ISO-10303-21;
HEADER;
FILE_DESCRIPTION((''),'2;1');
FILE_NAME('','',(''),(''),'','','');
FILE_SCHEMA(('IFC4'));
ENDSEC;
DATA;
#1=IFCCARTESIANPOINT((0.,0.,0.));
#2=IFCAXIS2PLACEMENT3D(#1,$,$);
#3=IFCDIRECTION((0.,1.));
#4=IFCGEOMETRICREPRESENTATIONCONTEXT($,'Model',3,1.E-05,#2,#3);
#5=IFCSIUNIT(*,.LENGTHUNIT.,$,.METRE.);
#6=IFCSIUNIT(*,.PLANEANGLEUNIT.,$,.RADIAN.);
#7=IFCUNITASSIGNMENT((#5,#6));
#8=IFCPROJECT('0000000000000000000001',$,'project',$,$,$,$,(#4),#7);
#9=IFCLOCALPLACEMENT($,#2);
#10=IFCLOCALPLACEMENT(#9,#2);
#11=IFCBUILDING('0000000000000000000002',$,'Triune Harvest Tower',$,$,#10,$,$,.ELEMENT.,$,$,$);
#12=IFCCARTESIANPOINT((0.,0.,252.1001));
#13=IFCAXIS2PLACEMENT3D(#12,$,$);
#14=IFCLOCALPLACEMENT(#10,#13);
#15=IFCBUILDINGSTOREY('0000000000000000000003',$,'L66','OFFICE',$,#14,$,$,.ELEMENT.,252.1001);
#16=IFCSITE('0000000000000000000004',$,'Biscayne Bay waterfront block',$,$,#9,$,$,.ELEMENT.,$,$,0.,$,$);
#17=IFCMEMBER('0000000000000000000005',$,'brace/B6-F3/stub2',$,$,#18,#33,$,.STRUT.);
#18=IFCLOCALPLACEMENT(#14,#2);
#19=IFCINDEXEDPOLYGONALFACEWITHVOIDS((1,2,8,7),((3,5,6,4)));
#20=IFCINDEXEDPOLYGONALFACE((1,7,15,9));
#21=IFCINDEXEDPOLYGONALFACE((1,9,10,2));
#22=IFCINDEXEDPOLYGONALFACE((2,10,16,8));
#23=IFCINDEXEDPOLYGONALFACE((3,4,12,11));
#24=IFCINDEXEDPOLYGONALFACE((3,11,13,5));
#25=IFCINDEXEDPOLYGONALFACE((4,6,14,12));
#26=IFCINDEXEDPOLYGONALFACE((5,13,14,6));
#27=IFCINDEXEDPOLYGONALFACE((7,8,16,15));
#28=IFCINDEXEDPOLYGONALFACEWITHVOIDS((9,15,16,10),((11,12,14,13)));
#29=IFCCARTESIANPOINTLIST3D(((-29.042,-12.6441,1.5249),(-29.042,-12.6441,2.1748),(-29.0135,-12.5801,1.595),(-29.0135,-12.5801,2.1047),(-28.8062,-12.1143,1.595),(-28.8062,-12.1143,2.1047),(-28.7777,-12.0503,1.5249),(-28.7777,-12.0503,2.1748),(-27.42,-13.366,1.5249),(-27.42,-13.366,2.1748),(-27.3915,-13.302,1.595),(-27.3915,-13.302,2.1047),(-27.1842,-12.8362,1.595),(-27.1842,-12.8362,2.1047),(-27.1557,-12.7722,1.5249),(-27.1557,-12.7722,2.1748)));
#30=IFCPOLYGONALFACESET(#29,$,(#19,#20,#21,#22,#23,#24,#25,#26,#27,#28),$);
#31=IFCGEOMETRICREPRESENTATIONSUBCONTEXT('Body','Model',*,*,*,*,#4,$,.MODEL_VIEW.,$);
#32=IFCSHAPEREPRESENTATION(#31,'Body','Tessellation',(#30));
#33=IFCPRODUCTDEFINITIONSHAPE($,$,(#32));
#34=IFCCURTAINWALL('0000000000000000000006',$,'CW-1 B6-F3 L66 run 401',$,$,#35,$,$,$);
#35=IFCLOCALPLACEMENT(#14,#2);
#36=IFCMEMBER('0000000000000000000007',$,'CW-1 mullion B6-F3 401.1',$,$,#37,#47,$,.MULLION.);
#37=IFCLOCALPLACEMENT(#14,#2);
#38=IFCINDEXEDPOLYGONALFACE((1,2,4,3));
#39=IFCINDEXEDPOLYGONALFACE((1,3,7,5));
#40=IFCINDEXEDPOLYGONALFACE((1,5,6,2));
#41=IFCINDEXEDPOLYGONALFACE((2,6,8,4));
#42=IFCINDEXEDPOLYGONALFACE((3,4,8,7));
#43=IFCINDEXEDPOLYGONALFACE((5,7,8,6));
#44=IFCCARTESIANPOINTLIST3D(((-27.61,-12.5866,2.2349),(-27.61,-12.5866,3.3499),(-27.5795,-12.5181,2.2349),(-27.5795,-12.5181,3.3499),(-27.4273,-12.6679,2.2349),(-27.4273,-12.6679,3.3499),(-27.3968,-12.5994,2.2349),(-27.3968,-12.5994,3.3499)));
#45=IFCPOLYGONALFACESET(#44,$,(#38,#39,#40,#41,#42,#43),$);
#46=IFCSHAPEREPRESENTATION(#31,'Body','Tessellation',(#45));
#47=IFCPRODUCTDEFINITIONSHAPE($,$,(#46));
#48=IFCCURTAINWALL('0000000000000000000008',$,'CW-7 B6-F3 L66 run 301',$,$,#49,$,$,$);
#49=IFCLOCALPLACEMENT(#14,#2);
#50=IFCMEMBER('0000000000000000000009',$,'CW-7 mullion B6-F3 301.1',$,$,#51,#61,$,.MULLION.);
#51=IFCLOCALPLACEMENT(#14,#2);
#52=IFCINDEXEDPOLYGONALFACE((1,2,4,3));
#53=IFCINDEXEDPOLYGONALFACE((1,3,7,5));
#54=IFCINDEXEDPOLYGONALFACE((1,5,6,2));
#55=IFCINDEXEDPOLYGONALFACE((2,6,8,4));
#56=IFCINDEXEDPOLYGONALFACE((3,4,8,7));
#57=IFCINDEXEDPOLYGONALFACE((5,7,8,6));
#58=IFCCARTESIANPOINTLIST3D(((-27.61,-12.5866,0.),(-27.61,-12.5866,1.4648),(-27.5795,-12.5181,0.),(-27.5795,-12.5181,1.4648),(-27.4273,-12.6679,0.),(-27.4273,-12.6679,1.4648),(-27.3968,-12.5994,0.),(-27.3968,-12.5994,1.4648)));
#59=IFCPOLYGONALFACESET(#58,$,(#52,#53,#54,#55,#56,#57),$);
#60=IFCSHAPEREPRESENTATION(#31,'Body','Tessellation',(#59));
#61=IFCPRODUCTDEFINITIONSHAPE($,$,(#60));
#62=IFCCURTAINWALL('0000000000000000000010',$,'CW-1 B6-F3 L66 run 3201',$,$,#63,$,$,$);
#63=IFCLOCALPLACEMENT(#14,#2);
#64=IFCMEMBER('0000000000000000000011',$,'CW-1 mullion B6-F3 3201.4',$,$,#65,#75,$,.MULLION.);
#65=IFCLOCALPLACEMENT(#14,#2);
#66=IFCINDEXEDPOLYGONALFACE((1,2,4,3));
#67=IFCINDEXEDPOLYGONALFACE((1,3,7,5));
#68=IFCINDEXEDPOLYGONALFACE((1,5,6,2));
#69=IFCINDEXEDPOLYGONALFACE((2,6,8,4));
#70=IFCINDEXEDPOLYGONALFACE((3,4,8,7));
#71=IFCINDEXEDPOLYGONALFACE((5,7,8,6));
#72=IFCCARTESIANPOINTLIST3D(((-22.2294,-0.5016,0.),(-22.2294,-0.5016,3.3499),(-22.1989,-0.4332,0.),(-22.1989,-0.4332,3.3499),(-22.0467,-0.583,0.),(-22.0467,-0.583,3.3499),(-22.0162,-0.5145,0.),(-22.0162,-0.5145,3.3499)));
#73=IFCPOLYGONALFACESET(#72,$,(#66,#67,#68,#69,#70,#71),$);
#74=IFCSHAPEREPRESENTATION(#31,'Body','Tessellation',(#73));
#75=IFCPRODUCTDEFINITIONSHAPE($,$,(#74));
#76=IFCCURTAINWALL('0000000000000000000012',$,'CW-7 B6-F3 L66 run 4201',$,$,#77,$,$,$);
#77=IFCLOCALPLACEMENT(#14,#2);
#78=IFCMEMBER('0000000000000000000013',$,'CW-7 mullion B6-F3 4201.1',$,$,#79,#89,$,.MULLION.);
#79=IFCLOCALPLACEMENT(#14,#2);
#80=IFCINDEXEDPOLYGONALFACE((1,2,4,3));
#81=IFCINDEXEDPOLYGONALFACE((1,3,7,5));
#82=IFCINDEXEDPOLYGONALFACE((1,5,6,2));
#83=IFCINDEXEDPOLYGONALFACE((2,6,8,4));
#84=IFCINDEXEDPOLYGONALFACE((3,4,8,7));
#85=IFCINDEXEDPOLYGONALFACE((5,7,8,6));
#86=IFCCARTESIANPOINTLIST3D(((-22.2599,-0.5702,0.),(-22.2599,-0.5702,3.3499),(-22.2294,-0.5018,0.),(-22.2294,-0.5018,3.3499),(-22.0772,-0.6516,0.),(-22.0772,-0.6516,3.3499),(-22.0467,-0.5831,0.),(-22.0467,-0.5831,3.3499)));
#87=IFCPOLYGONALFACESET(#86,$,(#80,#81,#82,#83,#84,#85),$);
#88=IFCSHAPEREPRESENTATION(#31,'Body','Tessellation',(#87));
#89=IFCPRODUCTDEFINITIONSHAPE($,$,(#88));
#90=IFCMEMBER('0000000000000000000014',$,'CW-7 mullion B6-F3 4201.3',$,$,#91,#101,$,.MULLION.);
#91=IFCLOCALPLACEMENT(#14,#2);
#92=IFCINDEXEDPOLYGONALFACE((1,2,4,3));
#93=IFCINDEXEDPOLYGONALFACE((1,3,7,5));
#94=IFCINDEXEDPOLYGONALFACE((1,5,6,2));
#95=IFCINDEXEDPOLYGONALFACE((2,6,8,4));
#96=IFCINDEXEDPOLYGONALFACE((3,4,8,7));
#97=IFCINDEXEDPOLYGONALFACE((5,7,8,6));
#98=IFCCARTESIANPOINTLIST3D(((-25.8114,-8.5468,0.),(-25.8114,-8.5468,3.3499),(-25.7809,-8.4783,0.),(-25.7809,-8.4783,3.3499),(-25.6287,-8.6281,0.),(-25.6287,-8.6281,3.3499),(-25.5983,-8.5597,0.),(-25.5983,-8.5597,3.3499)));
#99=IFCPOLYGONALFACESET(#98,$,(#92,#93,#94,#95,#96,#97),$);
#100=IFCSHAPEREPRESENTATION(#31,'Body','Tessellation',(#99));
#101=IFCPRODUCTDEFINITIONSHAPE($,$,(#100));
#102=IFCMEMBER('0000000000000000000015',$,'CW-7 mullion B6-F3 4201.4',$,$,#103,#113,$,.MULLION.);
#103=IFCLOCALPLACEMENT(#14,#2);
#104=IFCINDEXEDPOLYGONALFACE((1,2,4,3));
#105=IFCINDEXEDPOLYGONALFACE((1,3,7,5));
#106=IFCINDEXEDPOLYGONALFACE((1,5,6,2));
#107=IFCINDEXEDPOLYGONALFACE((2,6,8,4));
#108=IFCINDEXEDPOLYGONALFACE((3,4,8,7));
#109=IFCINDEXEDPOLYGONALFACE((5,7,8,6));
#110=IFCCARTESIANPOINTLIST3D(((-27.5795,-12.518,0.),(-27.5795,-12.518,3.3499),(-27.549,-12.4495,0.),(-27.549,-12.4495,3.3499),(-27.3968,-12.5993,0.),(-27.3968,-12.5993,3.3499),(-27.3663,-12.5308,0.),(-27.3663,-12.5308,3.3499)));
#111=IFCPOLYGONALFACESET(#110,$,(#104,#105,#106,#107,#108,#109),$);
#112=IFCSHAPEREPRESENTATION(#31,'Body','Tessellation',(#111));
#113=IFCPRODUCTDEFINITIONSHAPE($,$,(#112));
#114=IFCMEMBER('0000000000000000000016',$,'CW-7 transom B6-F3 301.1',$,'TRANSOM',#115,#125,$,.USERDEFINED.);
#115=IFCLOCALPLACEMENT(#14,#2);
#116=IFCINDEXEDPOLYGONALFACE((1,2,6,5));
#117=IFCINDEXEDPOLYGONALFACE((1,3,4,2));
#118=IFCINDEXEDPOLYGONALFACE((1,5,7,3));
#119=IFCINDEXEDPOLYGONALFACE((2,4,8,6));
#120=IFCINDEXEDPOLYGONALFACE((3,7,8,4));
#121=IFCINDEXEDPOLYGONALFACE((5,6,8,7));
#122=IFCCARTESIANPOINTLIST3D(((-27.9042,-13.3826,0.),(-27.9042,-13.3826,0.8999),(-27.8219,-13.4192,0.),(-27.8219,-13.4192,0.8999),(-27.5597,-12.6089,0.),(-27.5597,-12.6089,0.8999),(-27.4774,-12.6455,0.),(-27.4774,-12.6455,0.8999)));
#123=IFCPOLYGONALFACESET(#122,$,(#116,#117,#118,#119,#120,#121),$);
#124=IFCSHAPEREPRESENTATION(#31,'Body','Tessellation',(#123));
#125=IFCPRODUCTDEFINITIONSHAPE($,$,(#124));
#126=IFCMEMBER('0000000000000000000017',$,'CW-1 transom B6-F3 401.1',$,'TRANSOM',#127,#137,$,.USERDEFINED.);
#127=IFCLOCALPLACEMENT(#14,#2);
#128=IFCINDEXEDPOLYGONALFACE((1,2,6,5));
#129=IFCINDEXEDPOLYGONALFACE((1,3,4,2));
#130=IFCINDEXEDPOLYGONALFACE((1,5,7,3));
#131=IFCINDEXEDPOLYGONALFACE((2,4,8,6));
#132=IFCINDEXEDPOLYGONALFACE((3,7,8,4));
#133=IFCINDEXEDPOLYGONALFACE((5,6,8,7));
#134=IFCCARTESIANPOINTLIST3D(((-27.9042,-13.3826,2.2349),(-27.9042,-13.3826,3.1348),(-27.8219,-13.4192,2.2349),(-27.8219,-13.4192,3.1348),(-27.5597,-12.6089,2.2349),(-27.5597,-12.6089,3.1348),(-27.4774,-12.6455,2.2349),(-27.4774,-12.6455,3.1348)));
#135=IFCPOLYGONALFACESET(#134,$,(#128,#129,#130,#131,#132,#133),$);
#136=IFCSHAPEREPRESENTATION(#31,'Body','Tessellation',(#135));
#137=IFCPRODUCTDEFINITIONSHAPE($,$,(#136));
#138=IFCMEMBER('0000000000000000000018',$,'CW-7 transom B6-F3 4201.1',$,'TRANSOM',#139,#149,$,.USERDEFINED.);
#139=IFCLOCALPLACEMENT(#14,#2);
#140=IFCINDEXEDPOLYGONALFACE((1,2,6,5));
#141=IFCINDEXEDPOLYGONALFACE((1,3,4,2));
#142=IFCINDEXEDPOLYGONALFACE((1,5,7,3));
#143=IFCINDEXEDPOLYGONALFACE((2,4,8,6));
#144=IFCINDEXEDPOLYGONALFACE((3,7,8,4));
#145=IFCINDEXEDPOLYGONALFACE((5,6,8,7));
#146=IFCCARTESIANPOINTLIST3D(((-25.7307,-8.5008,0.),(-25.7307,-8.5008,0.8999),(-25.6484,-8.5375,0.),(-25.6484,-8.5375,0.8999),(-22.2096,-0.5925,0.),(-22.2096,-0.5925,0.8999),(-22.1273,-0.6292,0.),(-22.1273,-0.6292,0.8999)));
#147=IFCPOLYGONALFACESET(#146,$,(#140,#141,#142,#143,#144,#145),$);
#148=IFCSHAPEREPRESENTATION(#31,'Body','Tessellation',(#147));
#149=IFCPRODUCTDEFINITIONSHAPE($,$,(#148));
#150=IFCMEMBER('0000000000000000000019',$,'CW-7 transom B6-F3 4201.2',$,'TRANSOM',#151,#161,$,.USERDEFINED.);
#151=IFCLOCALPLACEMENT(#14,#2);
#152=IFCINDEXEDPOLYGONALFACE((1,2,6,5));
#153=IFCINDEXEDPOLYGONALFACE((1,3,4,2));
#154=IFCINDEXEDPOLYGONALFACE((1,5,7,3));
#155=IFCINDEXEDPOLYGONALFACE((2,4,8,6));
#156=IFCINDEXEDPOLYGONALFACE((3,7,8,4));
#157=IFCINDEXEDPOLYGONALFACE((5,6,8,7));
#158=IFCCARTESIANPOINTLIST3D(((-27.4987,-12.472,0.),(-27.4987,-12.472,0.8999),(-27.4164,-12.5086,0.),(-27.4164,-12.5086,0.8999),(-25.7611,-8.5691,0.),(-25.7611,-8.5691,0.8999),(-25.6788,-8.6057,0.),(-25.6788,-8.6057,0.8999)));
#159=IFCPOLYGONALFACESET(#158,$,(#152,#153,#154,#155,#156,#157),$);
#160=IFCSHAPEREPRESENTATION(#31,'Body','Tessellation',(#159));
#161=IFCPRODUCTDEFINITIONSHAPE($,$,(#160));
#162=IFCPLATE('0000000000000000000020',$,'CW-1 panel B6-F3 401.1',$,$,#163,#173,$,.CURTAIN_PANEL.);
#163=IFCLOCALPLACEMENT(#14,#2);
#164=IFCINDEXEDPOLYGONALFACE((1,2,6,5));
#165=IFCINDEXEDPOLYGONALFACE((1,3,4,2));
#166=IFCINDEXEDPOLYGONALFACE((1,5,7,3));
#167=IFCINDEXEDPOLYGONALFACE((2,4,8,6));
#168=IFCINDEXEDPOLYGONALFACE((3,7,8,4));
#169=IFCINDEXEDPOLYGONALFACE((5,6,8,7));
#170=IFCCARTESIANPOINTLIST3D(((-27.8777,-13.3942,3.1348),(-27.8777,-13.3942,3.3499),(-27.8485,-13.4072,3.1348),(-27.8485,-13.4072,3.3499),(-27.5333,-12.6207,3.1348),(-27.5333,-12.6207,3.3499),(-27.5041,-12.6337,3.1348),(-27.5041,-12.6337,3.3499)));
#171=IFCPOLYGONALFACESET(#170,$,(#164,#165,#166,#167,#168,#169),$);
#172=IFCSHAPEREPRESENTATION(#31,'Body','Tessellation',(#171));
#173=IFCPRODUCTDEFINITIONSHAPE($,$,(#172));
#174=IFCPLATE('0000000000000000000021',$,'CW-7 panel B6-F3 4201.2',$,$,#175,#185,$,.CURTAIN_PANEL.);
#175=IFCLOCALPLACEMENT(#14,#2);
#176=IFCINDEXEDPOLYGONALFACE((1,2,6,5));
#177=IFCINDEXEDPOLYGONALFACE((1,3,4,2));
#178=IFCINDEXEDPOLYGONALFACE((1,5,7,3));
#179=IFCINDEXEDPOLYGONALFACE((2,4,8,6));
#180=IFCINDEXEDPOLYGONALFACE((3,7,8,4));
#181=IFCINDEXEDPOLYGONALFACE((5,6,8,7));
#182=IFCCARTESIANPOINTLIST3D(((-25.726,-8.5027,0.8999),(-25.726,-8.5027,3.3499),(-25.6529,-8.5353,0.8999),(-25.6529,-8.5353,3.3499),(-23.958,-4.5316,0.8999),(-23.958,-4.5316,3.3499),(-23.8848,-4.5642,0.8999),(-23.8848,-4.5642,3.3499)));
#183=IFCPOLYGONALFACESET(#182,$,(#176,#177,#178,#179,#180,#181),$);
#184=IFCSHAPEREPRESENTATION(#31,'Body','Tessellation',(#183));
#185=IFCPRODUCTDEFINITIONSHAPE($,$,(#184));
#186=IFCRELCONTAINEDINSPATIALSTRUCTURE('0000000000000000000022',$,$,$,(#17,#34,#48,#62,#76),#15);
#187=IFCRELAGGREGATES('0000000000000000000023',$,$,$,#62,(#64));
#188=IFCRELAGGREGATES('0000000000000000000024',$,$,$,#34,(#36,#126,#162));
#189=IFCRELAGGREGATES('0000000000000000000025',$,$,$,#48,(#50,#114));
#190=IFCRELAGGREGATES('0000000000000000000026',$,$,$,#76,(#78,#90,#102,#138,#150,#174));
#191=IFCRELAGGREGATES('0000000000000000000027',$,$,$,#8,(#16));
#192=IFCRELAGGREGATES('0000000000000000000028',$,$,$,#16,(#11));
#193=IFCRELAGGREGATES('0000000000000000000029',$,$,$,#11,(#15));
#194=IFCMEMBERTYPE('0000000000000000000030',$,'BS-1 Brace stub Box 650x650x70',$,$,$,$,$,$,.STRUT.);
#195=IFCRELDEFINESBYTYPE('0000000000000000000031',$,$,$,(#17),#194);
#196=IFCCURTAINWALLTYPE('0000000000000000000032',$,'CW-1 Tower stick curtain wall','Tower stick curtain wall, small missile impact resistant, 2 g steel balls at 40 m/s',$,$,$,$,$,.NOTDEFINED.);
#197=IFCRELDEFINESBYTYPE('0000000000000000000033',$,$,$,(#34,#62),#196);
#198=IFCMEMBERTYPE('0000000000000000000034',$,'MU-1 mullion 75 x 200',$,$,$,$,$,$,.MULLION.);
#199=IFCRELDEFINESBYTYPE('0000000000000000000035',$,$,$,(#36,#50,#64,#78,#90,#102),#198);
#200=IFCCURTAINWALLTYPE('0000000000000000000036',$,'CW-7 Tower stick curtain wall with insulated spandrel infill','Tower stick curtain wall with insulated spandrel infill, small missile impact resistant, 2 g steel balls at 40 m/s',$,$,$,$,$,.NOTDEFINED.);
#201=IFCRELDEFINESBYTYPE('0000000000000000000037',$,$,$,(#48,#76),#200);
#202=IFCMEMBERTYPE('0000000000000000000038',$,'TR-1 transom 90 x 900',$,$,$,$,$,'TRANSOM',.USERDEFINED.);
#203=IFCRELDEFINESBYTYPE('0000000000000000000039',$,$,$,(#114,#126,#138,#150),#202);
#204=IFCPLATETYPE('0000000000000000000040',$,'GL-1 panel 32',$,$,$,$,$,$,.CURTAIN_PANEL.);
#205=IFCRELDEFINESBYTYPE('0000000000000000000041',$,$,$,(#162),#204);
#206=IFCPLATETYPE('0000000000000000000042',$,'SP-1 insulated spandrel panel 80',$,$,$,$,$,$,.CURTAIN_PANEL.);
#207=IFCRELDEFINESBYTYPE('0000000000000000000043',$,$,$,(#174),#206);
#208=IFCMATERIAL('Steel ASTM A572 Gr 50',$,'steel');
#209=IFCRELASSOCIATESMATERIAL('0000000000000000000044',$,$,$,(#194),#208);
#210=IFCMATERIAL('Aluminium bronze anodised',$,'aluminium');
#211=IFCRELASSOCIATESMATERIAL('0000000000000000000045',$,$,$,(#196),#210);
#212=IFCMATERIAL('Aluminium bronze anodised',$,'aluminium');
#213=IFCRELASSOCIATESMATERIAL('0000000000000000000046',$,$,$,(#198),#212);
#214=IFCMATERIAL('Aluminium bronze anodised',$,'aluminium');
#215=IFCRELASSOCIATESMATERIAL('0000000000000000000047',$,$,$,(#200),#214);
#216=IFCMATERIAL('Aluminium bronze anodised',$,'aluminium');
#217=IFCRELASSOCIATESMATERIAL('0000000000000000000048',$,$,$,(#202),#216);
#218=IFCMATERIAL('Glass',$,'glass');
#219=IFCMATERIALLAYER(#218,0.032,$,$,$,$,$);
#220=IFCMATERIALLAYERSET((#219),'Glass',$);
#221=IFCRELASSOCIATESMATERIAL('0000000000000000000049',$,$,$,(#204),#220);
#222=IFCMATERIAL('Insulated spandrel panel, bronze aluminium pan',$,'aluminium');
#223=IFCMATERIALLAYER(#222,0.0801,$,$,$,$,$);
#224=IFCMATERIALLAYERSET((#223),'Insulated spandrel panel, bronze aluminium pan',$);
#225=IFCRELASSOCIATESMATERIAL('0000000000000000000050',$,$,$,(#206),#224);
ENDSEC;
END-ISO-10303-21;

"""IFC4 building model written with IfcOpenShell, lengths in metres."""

from ifc_helpers import new_model, si_unit, direction, frame, origin, origin_2d, place, context, subcontext, project, spatial, rectangle, hollow_rectangle, extrude, source, transform, mapped, material, layer, layer_set, material_profile, profile_set, type_object, element, aggregate, save


model = new_model("IFC4")

# Units and contexts
model_context = context("Model", 3, precision=1e-05, world=origin(), true_north=direction((0.0, 1.0)))
body_context = subcontext(model_context, "Body", "Model", "MODEL_VIEW")
ifc_project = project(units=[si_unit("LENGTHUNIT", "METRE"), si_unit("PLANEANGLEUNIT", "RADIAN")], contexts=[model_context])

# Site, building, storey
site_placement = place(None, origin())
site = spatial("IfcSite", under=ifc_project, at=site_placement, Name="Biscayne Bay waterfront block", CompositionType="ELEMENT", RefElevation=0.0)
building_placement = place(site_placement, origin())
building = spatial("IfcBuilding", under=site, at=building_placement, Name="Triune Harvest Tower", CompositionType="ELEMENT")
storey_placement = place(building_placement, frame((0.0, 0.0, 252.1001)))
storey = spatial("IfcBuildingStorey", under=building, at=storey_placement, Name="L66", Description="OFFICE", CompositionType="ELEMENT", Elevation=252.1001)

# Member
ifc_material_1 = material(Name="Steel ASTM A572 Gr 50", Category="steel")
ifc_material_profile_1 = material_profile(ifc_material_1, hollow_rectangle(XDim=0.6499, YDim=0.6499, WallThickness=0.0701, at=origin_2d()), Name="Box 650x650x70")
ifc_profile_set_1 = profile_set([ifc_material_profile_1], Name="Steel ASTM A572 Gr 50")
member_type_1 = type_object("IfcMemberType", Name="BS-1 Brace stub Box 650x650x70", PredefinedType="STRUT", material=ifc_profile_set_1)
shared_shape_1 = source(origin(), body_context, "Body", "SweptSolid", [
    extrude(hollow_rectangle(XDim=0.6499, YDim=0.6499, WallThickness=0.0701, at=origin_2d()), origin(), (0.0, 0.0, 1.0), 1.7754),
])
member_1_placement = place(storey_placement, frame((-27.2878, -13.0691, 1.8499), z_axis=(-0.913602, 0.40661, 0.0), x_axis=(-0.40661, -0.913602, 0.0)))
element("IfcMember", 1, at=member_1_placement, inside=storey, type_object=member_type_1, Name="brace/B6-F3/stub2", PredefinedType="STRUT", context=body_context, shape_type="MappedRepresentation", body=[
    mapped(shared_shape_1, transform((0.0, 0.0, 0.0), scale=1.0)),
])

# Curtain walls, members
ifc_material_2 = material(Name="Aluminium bronze anodised", Category="aluminium")
curtain_wall_type_1 = type_object("IfcCurtainWallType", Name="CW-1 Tower stick curtain wall", Description="Tower stick curtain wall, small missile impact resistant, 2 g steel balls at 40 m/s", PredefinedType="NOTDEFINED", material=ifc_material_2)
curtain_wall_1_placement = place(storey_placement, origin())
curtain_wall_1 = element("IfcCurtainWall", 2, at=curtain_wall_1_placement, inside=storey, type_object=curtain_wall_type_1, Name="CW-1 B6-F3 L66 run 401")
ifc_material_3 = material(Name="Aluminium bronze anodised", Category="aluminium")
ifc_material_profile_2 = material_profile(ifc_material_3, rectangle(XDim=0.2, YDim=0.075, at=origin_2d()), Name="MU-1 mullion 75 x 200")
ifc_profile_set_2 = profile_set([ifc_material_profile_2], Name="Aluminium bronze anodised")
member_type_2 = type_object("IfcMemberType", Name="MU-1 mullion 75 x 200", PredefinedType="MULLION", material=ifc_profile_set_2)
shared_shape_2 = source(origin(), body_context, "Body", "SweptSolid", [
    extrude(rectangle(XDim=0.2, YDim=0.075, at=origin_2d()), origin(), (0.0, 0.0, 1.0), 1.115),
])
member_2_placement = place(storey_placement, frame((-27.5034, -12.593, 2.2349), z_axis=(0.0, 0.0, 1.0), x_axis=(0.913555, -0.406716, 0.0)))
member_2 = element("IfcMember", 3, at=member_2_placement, type_object=member_type_2, Name="CW-1 mullion B6-F3 401.1", PredefinedType="MULLION", context=body_context, shape_type="MappedRepresentation", body=[
    mapped(shared_shape_2, transform((0.0, 0.0, 0.0), scale=1.0)),
])
ifc_material_4 = material(Name="Aluminium bronze anodised", Category="aluminium")
curtain_wall_type_2 = type_object("IfcCurtainWallType", Name="CW-7 Tower stick curtain wall with insulated spandrel infill", Description="Tower stick curtain wall with insulated spandrel infill, small missile impact resistant, 2 g steel balls at 40 m/s", PredefinedType="NOTDEFINED", material=ifc_material_4)
curtain_wall_2_placement = place(storey_placement, origin())
curtain_wall_2 = element("IfcCurtainWall", 4, at=curtain_wall_2_placement, inside=storey, type_object=curtain_wall_type_2, Name="CW-7 B6-F3 L66 run 301")
shared_shape_3 = source(origin(), body_context, "Body", "SweptSolid", [
    extrude(rectangle(XDim=0.2, YDim=0.075, at=origin_2d()), origin(), (0.0, 0.0, 1.0), 1.4648),
])
member_3_placement = place(storey_placement, frame((-27.5034, -12.593, 0.0), z_axis=(0.0, 0.0, 1.0), x_axis=(0.913555, -0.406716, 0.0)))
member_3 = element("IfcMember", 5, at=member_3_placement, type_object=member_type_2, Name="CW-7 mullion B6-F3 301.1", PredefinedType="MULLION", context=body_context, shape_type="MappedRepresentation", body=[
    mapped(shared_shape_3, transform((0.0, 0.0, 0.0), scale=1.0)),
])
curtain_wall_3_placement = place(storey_placement, origin())
curtain_wall_3 = element("IfcCurtainWall", 6, at=curtain_wall_3_placement, inside=storey, type_object=curtain_wall_type_1, Name="CW-1 B6-F3 L66 run 3201")
shared_shape_4 = source(origin(), body_context, "Body", "SweptSolid", [
    extrude(rectangle(XDim=0.2, YDim=0.075, at=origin_2d()), origin(), (0.0, 0.0, 1.0), 3.3499),
])
member_4_placement = place(storey_placement, frame((-22.1228, -0.5081, 0.0), z_axis=(0.0, 0.0, 1.0), x_axis=(0.913547, -0.406734, 0.0)))
member_4 = element("IfcMember", 7, at=member_4_placement, type_object=member_type_2, Name="CW-1 mullion B6-F3 3201.4", PredefinedType="MULLION", context=body_context, shape_type="MappedRepresentation", body=[
    mapped(shared_shape_4, transform((0.0, 0.0, 0.0), scale=1.0)),
])
aggregate(curtain_wall_3, [member_4])

# Curtain wall, members
curtain_wall_4_placement = place(storey_placement, origin())
curtain_wall_4 = element("IfcCurtainWall", 8, at=curtain_wall_4_placement, inside=storey, type_object=curtain_wall_type_2, Name="CW-7 B6-F3 L66 run 4201")
member_5_placement = place(storey_placement, frame((-22.1533, -0.5767, 0.0), z_axis=(0.0, 0.0, 1.0), x_axis=(0.913544, -0.40674, 0.0)))
member_5 = element("IfcMember", 9, at=member_5_placement, type_object=member_type_2, Name="CW-7 mullion B6-F3 4201.1", PredefinedType="MULLION", context=body_context, shape_type="MappedRepresentation", body=[
    mapped(shared_shape_4, transform((0.0, 0.0, 0.0), scale=1.0)),
])
member_6_placement = place(storey_placement, frame((-25.7048, -8.5532, 0.0), z_axis=(0.0, 0.0, 1.0), x_axis=(0.913544, -0.40674, 0.0)))
member_6 = element("IfcMember", 10, at=member_6_placement, type_object=member_type_2, Name="CW-7 mullion B6-F3 4201.3", PredefinedType="MULLION", context=body_context, shape_type="MappedRepresentation", body=[
    mapped(shared_shape_4, transform((0.0, 0.0, 0.0), scale=1.0)),
])
member_7_placement = place(storey_placement, frame((-27.4729, -12.5244, 0.0), z_axis=(0.0, 0.0, 1.0), x_axis=(0.913544, -0.40674, 0.0)))
member_7 = element("IfcMember", 11, at=member_7_placement, type_object=member_type_2, Name="CW-7 mullion B6-F3 4201.4", PredefinedType="MULLION", context=body_context, shape_type="MappedRepresentation", body=[
    mapped(shared_shape_4, transform((0.0, 0.0, 0.0), scale=1.0)),
])

# Members
ifc_material_5 = material(Name="Aluminium bronze anodised", Category="aluminium")
ifc_material_profile_3 = material_profile(ifc_material_5, rectangle(XDim=0.0901, YDim=0.8999, at=origin_2d()), Name="TR-1 transom 90 x 900")
ifc_profile_set_3 = profile_set([ifc_material_profile_3], Name="Aluminium bronze anodised")
member_type_3 = type_object("IfcMemberType", Name="TR-1 transom 90 x 900", ElementType="TRANSOM", PredefinedType="USERDEFINED", material=ifc_profile_set_3)
shared_shape_5 = source(origin(), body_context, "Body", "SweptSolid", [
    extrude(rectangle(XDim=0.0901, YDim=0.8999, at=origin_2d()), origin(), (0.0, 0.0, 1.0), 0.8469),
])
member_8_placement = place(storey_placement, frame((-27.5186, -12.6272, 0.45), z_axis=(-0.406754, -0.913538, 0.0), x_axis=(0.913538, -0.406754, 0.0)))
member_8 = element("IfcMember", 12, at=member_8_placement, type_object=member_type_3, Name="CW-7 transom B6-F3 301.1", ObjectType="TRANSOM", PredefinedType="USERDEFINED", context=body_context, shape_type="MappedRepresentation", body=[
    mapped(shared_shape_5, transform((0.0, 0.0, 0.0), scale=1.0)),
])
member_9_placement = place(storey_placement, frame((-27.5186, -12.6272, 2.6848), z_axis=(-0.406754, -0.913538, 0.0), x_axis=(0.913538, -0.406754, 0.0)))
member_9 = element("IfcMember", 13, at=member_9_placement, type_object=member_type_3, Name="CW-1 transom B6-F3 401.1", ObjectType="TRANSOM", PredefinedType="USERDEFINED", context=body_context, shape_type="MappedRepresentation", body=[
    mapped(shared_shape_5, transform((0.0, 0.0, 0.0), scale=1.0)),
])
shared_shape_6 = source(origin(), body_context, "Body", "SweptSolid", [
    extrude(rectangle(XDim=0.0901, YDim=0.8999, at=origin_2d()), origin(), (0.0, 0.0, 1.0), 8.6567),
])
member_10_placement = place(storey_placement, frame((-22.1685, -0.6108, 0.45), z_axis=(-0.40674, -0.913544, 0.0), x_axis=(0.913544, -0.40674, 0.0)))
member_10 = element("IfcMember", 14, at=member_10_placement, type_object=member_type_3, Name="CW-7 transom B6-F3 4201.1", ObjectType="TRANSOM", PredefinedType="USERDEFINED", context=body_context, shape_type="MappedRepresentation", body=[
    mapped(shared_shape_6, transform((0.0, 0.0, 0.0), scale=1.0)),
])
shared_shape_7 = source(origin(), body_context, "Body", "SweptSolid", [
    extrude(rectangle(XDim=0.0901, YDim=0.8999, at=origin_2d()), origin(), (0.0, 0.0, 1.0), 4.2722),
])
member_11_placement = place(storey_placement, frame((-25.72, -8.5874, 0.45), z_axis=(-0.406716, -0.913554, 0.0), x_axis=(0.913554, -0.406716, 0.0)))
member_11 = element("IfcMember", 15, at=member_11_placement, type_object=member_type_3, Name="CW-7 transom B6-F3 4201.2", ObjectType="TRANSOM", PredefinedType="USERDEFINED", context=body_context, shape_type="MappedRepresentation", body=[
    mapped(shared_shape_7, transform((0.0, 0.0, 0.0), scale=1.0)),
])

# Plates
ifc_material_6 = material(Name="Glass", Category="glass")
ifc_layer_1 = layer(ifc_material_6, 0.032)
ifc_layer_set_1 = layer_set([ifc_layer_1], Name="Glass")
plate_type_1 = type_object("IfcPlateType", Name="GL-1 panel 32", PredefinedType="CURTAIN_PANEL", material=ifc_layer_set_1)
plate_1_placement = place(storey_placement, frame((-27.6909, -13.0139, 3.1348), z_axis=(0.0, 0.0, 1.0), x_axis=(-0.406716, -0.913555, 0.0)))
plate_1 = element("IfcPlate", 16, at=plate_1_placement, type_object=plate_type_1, Name="CW-1 panel B6-F3 401.1", PredefinedType="CURTAIN_PANEL", context=body_context, shape_type="SweptSolid", body=[
    extrude(rectangle(XDim=0.8467, YDim=0.032, at=origin_2d()), origin(), (0.0, 0.0, 1.0), 0.2151),
])
aggregate(curtain_wall_1, [member_2, member_9, plate_1])
ifc_material_7 = material(Name="Insulated spandrel panel, bronze aluminium pan", Category="aluminium")
ifc_layer_2 = layer(ifc_material_7, 0.0801)
ifc_layer_set_2 = layer_set([ifc_layer_2], Name="Insulated spandrel panel, bronze aluminium pan")
plate_type_2 = type_object("IfcPlateType", Name="SP-1 insulated spandrel panel 80", PredefinedType="CURTAIN_PANEL", material=ifc_layer_set_2)
plate_2_placement = place(storey_placement, frame((-24.8054, -6.5334, 0.8999), z_axis=(0.0, 0.0, 1.0), x_axis=(-0.40674, -0.913544, 0.0)))
plate_2 = element("IfcPlate", 17, at=plate_2_placement, type_object=plate_type_2, Name="CW-7 panel B6-F3 4201.2", PredefinedType="CURTAIN_PANEL", context=body_context, shape_type="SweptSolid", body=[
    extrude(rectangle(XDim=4.3469, YDim=0.0801, at=origin_2d()), origin(), (0.0, 0.0, 1.0), 2.45),
])
aggregate(curtain_wall_2, [member_3, member_8])
aggregate(curtain_wall_4, [member_5, member_6, member_7, member_10, member_11, plate_2])

save(model, "model.ifc")
